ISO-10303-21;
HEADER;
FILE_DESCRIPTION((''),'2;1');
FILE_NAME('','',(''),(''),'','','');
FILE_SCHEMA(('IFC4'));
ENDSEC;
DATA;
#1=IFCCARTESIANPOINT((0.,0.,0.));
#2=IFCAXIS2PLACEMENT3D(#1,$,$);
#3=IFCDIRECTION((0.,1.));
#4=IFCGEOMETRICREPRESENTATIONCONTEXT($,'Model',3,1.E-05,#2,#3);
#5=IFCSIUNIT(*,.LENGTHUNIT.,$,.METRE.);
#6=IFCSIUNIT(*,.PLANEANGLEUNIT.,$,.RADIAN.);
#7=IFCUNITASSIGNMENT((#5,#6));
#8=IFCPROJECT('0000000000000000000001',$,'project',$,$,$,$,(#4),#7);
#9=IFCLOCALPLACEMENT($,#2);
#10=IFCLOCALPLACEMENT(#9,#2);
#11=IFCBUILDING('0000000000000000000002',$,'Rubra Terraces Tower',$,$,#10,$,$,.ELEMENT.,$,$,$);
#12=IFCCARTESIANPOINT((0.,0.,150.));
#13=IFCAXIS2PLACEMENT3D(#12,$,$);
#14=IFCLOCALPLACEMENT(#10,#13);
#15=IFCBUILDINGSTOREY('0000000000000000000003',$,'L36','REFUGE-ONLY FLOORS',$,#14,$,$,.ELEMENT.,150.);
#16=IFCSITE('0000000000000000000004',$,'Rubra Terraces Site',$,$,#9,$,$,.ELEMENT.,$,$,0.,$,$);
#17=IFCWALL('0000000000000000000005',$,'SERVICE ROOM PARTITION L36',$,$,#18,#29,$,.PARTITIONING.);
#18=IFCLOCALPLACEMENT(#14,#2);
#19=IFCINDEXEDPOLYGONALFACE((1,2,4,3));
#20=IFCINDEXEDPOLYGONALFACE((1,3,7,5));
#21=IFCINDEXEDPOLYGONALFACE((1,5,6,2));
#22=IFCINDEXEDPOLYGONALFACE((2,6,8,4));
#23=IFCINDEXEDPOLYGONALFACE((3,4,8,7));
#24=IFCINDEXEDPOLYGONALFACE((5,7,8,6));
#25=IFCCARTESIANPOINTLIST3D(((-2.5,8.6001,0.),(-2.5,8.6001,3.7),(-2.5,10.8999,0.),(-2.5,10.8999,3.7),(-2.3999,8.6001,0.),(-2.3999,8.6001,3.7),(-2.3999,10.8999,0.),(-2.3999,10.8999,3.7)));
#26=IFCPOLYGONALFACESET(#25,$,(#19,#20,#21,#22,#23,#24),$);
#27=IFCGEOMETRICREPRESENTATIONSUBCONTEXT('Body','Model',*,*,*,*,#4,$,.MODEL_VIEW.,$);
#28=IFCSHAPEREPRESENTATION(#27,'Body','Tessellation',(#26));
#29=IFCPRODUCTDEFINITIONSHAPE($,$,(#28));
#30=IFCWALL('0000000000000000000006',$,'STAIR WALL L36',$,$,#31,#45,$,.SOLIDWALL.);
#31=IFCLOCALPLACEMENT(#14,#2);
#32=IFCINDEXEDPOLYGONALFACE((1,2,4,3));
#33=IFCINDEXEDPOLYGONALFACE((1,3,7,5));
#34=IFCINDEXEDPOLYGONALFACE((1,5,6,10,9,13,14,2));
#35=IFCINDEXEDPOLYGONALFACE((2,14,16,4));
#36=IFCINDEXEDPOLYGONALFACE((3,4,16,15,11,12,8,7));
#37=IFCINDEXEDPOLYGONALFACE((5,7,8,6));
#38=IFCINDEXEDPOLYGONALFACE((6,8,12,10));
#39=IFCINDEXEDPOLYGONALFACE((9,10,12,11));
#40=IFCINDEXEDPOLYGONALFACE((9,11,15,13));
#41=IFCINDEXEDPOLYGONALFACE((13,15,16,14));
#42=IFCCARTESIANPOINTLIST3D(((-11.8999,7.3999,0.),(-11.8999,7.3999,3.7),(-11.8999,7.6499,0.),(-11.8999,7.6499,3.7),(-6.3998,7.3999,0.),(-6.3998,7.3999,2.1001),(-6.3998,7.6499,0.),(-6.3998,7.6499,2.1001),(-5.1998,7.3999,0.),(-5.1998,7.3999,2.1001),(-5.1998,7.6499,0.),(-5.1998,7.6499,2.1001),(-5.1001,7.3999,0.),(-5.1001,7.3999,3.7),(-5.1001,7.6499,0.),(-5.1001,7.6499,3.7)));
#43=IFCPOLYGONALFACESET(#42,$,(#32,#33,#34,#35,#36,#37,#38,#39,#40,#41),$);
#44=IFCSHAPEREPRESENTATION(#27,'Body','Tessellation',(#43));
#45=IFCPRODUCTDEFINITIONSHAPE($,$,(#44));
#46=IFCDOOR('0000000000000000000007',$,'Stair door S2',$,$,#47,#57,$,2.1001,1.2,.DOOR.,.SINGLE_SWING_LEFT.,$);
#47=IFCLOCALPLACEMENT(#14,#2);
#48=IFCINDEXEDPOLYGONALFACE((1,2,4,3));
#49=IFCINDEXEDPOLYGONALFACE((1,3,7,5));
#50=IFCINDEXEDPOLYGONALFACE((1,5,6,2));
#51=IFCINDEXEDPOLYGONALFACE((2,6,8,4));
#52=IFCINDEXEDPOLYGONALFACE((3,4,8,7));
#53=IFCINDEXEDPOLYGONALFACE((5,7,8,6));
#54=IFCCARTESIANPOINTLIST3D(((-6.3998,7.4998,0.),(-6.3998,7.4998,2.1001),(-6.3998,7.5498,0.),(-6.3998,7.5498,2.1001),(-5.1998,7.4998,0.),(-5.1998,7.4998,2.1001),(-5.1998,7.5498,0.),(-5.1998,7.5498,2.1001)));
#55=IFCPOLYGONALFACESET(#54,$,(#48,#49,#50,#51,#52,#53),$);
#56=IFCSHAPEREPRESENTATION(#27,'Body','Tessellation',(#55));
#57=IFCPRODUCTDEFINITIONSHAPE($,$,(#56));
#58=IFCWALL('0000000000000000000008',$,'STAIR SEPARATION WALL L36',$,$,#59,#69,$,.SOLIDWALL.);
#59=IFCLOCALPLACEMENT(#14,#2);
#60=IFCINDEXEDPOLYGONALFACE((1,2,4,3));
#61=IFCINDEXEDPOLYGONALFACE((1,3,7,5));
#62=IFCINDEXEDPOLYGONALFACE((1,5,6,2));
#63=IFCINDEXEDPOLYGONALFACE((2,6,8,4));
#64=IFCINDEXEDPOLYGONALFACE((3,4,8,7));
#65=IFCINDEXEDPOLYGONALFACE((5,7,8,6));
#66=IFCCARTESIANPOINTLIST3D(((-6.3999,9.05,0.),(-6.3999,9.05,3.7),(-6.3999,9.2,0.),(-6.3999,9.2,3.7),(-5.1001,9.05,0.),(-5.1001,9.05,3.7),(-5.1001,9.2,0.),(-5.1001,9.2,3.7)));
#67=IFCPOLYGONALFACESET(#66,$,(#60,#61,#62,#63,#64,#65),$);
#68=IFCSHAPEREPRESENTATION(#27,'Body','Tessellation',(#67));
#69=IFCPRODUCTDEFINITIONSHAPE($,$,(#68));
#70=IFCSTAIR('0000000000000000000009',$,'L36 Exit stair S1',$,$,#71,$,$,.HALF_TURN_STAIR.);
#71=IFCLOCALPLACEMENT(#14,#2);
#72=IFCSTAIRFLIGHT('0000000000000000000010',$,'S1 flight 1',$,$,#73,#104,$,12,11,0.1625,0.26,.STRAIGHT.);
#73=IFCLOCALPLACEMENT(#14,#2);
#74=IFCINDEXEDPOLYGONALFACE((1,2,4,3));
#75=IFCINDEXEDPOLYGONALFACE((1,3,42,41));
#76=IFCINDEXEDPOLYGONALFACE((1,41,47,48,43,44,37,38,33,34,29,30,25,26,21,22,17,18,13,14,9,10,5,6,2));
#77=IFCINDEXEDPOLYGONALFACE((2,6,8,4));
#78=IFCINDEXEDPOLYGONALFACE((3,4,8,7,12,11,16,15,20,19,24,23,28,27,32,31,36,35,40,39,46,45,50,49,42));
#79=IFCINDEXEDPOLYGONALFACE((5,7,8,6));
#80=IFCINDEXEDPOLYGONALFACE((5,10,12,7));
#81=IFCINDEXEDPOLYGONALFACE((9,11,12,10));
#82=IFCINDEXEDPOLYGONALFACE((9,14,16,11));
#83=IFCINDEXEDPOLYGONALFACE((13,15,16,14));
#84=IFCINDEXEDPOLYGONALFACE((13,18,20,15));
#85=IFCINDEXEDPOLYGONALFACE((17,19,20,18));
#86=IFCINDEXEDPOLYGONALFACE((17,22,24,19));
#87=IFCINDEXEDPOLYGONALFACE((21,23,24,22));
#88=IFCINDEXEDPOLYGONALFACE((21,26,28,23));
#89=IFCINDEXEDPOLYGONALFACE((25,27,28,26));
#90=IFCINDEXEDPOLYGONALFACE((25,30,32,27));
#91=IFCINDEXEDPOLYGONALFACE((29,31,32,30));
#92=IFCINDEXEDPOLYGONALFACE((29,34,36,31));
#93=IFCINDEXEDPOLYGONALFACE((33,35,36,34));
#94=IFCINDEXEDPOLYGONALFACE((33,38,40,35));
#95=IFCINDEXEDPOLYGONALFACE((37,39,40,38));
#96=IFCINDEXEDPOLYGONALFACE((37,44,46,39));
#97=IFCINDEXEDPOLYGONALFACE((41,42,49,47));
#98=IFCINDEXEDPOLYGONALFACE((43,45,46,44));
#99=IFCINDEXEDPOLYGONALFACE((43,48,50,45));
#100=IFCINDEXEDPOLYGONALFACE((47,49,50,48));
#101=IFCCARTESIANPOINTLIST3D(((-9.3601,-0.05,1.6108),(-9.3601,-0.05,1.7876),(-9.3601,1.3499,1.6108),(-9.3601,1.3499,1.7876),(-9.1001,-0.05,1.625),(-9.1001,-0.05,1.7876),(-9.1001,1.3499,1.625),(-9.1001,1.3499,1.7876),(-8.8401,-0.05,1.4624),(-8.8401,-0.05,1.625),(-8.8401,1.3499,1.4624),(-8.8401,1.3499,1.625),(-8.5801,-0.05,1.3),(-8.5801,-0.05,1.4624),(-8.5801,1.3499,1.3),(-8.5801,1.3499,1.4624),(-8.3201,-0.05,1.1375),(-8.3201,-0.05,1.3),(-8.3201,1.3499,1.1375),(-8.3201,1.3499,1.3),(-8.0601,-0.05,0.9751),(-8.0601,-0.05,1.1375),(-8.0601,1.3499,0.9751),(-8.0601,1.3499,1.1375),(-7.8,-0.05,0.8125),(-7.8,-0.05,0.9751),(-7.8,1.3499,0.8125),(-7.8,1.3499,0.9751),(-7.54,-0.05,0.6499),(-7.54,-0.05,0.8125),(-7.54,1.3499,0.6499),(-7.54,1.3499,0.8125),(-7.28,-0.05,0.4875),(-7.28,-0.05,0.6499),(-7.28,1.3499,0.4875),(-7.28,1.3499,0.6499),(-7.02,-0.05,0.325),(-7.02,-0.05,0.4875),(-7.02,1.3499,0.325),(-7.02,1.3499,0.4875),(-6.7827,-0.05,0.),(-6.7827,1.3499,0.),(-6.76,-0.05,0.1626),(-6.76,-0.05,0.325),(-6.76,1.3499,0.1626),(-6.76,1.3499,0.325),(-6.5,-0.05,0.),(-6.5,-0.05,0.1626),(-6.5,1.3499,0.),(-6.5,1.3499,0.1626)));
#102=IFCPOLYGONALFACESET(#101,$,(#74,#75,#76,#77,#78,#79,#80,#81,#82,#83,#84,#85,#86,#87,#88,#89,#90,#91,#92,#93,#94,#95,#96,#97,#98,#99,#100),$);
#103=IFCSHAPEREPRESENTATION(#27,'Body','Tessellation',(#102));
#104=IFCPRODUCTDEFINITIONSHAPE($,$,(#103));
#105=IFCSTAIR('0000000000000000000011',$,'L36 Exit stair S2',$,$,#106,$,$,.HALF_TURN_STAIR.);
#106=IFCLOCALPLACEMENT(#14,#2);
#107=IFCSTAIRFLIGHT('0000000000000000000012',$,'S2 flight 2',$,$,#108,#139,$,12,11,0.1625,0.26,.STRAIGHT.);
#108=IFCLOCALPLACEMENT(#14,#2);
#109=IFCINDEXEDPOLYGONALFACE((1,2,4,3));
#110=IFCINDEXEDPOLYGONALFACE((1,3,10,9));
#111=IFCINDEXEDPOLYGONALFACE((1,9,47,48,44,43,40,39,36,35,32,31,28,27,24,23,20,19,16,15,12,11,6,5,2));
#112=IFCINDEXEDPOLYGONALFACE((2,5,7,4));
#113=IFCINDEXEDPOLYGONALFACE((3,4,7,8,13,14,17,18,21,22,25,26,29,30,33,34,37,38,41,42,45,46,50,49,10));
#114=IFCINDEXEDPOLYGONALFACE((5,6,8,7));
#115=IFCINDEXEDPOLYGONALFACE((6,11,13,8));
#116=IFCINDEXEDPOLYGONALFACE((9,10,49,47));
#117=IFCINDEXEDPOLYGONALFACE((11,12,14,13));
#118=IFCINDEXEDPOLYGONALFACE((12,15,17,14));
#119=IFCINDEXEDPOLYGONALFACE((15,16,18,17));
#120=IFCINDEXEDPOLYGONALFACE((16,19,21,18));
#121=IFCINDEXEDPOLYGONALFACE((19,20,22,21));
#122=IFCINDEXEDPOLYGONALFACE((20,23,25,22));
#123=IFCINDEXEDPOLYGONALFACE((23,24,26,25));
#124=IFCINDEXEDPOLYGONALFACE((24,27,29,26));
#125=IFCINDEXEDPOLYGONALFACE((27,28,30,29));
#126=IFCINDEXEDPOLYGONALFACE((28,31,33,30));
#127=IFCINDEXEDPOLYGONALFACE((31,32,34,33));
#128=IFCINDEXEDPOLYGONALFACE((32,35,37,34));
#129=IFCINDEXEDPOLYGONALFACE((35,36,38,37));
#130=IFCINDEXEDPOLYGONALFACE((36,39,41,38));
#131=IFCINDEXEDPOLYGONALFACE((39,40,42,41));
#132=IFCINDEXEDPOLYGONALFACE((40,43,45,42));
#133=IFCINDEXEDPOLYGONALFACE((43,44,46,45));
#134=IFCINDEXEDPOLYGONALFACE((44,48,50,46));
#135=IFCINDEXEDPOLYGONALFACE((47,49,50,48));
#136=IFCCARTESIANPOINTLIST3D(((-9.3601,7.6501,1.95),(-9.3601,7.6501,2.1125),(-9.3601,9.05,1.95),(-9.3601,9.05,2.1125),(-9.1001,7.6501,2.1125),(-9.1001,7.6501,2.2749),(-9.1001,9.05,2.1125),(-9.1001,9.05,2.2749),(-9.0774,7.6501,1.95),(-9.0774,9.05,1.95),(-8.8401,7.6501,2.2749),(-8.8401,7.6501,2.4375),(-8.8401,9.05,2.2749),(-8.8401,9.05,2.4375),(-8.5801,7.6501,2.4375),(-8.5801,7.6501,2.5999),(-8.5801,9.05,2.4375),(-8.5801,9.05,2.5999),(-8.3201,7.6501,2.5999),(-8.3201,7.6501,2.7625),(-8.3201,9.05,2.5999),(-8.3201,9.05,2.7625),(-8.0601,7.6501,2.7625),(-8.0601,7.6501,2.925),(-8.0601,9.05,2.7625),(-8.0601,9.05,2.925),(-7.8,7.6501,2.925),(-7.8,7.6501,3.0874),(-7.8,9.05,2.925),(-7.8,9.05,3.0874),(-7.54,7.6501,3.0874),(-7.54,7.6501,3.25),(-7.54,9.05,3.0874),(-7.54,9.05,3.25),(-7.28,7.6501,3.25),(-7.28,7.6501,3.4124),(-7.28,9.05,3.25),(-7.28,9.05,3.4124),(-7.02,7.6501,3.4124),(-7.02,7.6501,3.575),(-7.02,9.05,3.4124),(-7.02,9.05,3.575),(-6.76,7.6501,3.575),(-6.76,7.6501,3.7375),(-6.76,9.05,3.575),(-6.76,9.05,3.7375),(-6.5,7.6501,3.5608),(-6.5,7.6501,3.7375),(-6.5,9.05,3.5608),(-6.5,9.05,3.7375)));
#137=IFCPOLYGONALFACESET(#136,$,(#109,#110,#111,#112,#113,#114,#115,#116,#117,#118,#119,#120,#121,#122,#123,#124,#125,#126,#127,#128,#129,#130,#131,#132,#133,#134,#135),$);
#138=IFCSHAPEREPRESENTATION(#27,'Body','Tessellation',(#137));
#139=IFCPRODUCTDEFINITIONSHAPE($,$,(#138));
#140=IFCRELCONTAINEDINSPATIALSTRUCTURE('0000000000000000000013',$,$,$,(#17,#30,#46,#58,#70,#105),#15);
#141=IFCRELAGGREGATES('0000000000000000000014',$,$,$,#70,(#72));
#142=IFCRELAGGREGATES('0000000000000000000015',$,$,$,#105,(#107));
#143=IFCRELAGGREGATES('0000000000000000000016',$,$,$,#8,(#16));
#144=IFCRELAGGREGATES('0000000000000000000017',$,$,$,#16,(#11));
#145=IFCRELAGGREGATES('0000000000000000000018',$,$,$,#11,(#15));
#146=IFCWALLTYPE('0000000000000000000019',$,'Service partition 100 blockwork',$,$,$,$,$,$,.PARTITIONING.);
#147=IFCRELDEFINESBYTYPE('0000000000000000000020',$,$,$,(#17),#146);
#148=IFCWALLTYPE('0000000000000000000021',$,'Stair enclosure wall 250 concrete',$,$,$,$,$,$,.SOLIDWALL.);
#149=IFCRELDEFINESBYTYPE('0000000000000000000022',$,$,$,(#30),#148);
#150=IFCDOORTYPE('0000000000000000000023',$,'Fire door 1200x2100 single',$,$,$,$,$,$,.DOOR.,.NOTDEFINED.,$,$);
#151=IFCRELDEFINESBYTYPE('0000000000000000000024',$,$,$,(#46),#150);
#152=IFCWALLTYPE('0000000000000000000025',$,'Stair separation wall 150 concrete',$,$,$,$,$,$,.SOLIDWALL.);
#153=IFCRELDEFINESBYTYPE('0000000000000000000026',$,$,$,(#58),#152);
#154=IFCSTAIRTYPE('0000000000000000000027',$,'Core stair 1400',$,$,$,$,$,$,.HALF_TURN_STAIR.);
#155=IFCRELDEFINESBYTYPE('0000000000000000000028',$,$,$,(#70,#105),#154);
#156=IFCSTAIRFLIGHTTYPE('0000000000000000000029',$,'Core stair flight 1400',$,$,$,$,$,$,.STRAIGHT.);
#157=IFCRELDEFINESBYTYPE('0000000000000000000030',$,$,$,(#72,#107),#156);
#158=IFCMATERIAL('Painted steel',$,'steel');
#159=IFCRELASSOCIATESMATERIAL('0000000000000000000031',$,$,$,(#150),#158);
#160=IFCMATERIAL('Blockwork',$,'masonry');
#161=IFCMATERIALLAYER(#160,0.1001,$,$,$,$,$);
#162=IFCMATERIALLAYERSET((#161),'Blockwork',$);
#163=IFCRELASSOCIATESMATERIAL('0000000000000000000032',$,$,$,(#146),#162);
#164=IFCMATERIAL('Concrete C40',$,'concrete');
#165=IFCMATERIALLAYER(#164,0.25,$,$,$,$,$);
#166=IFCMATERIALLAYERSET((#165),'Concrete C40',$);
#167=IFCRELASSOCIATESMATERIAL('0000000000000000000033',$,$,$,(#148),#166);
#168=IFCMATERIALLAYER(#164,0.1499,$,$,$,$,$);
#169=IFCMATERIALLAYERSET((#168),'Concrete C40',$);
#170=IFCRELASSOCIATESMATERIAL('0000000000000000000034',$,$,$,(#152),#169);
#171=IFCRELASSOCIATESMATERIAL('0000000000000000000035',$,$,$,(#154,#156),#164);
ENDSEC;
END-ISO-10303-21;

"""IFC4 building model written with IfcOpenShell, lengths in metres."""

from ifc_helpers import new_model, si_unit, direction, frame, frame_2d, origin, place, context, subcontext, project, spatial, polyline, rectangle, outline, extrude, material, layer, layer_set, type_object, element, fill, aggregate, save


model = new_model("IFC4")

# Units and contexts
model_context = context("Model", 3, precision=1e-05, world=origin(), true_north=direction((0.0, 1.0)))
body_context = subcontext(model_context, "Body", "Model", "MODEL_VIEW")
ifc_project = project(units=[si_unit("LENGTHUNIT", "METRE"), si_unit("PLANEANGLEUNIT", "RADIAN")], contexts=[model_context])

# Site, building, storey
site_placement = place(None, origin())
site = spatial("IfcSite", under=ifc_project, at=site_placement, Name="Rubra Terraces Site", CompositionType="ELEMENT", RefElevation=0.0)
building_placement = place(site_placement, origin())
building = spatial("IfcBuilding", under=site, at=building_placement, Name="Rubra Terraces Tower", CompositionType="ELEMENT")
storey_placement = place(building_placement, frame((0.0, 0.0, 150.0)))
storey = spatial("IfcBuildingStorey", under=building, at=storey_placement, Name="L36", Description="REFUGE-ONLY FLOORS", CompositionType="ELEMENT", Elevation=150.0)

# Shared definitions
ifc_material_1 = material(Name="Concrete C40", Category="concrete")

# Shared definitions
ifc_material_2 = material(Name="Painted steel", Category="steel")
door_type_1 = type_object("IfcDoorType", Name="Fire door 1200x2100 single", OperationType="NOTDEFINED", PredefinedType="DOOR", material=ifc_material_2)

# Wall
ifc_material_3 = material(Name="Blockwork", Category="masonry")
ifc_layer_1 = layer(ifc_material_3, 0.1001)
ifc_layer_set_1 = layer_set([ifc_layer_1], Name="Blockwork")
wall_type_1 = type_object("IfcWallType", Name="Service partition 100 blockwork", PredefinedType="PARTITIONING", material=ifc_layer_set_1)
wall_1_placement = place(storey_placement, frame((-2.45, 8.6001, 0.0), z_axis=(0.0, 0.0, 1.0), x_axis=(0.0, 1.0, 0.0)))
element("IfcWall", 1, at=wall_1_placement, inside=storey, type_object=wall_type_1, Name="SERVICE ROOM PARTITION L36", PredefinedType="PARTITIONING", context=body_context, shape_type="SweptSolid", body=[
    extrude(rectangle(XDim=2.2998, YDim=0.1001, at=frame_2d((1.1499, 0.0))), origin(), (0.0, 0.0, 1.0), 3.7),
])

# Wall, opening, door
ifc_layer_2 = layer(ifc_material_1, 0.25)
ifc_layer_set_2 = layer_set([ifc_layer_2], Name="Concrete C40")
wall_type_2 = type_object("IfcWallType", Name="Stair enclosure wall 250 concrete", PredefinedType="SOLIDWALL", material=ifc_layer_set_2)
wall_2_placement = place(storey_placement, frame((-11.8999, 7.5249, 0.0), z_axis=(0.0, 0.0, 1.0), x_axis=(1.0, 0.0, 0.0)))
wall_2 = element("IfcWall", 2, at=wall_2_placement, inside=storey, type_object=wall_type_2, Name="STAIR WALL L36", PredefinedType="SOLIDWALL", context=body_context, shape_type="SweptSolid", body=[
    extrude(rectangle(XDim=6.7998, YDim=0.25, at=frame_2d((3.3999, 0.0))), origin(), (0.0, 0.0, 1.0), 3.7),
])
opening_1_placement = place(wall_2_placement, frame((5.5, 0.0, 0.0)))
opening_1 = element("IfcOpeningElement", 3, at=opening_1_placement, cuts=wall_2, PredefinedType="OPENING", context=body_context, shape_type="SweptSolid", body=[
    extrude(rectangle(XDim=1.2, YDim=2.1001, at=frame_2d((0.6001, 1.05))), frame((0.0, 0.135, 0.0), z_axis=(0.0, -1.0, 0.0), x_axis=(1.0, 0.0, 0.0)), (0.0, 0.0, 1.0), 0.27),
])
door_1_placement = place(opening_1_placement, origin())
door_1 = element("IfcDoor", 4, at=door_1_placement, inside=storey, type_object=door_type_1, Name="Stair door S2", OperationType="SINGLE_SWING_LEFT", OverallHeight=2.1001, OverallWidth=1.2, PredefinedType="DOOR", context=body_context, shape_type="SweptSolid", body=[
    extrude(rectangle(XDim=1.2, YDim=2.1001, at=frame_2d((0.6001, 1.05))), frame((0.0, 0.0249, 0.0), z_axis=(0.0, -1.0, 0.0), x_axis=(1.0, 0.0, 0.0)), (0.0, 0.0, 1.0), 0.05),
])
fill(opening_1, door_1)

# Wall
ifc_layer_3 = layer(ifc_material_1, 0.1499)
ifc_layer_set_3 = layer_set([ifc_layer_3], Name="Concrete C40")
wall_type_3 = type_object("IfcWallType", Name="Stair separation wall 150 concrete", PredefinedType="SOLIDWALL", material=ifc_layer_set_3)
wall_3_placement = place(storey_placement, frame((-6.3999, 9.125, 0.0), z_axis=(0.0, 0.0, 1.0), x_axis=(1.0, 0.0, 0.0)))
element("IfcWall", 5, at=wall_3_placement, inside=storey, type_object=wall_type_3, Name="STAIR SEPARATION WALL L36", PredefinedType="SOLIDWALL", context=body_context, shape_type="SweptSolid", body=[
    extrude(rectangle(XDim=1.2998, YDim=0.1499, at=frame_2d((0.6499, 0.0))), origin(), (0.0, 0.0, 1.0), 3.7),
])

# Stairs, stair flights
stair_type = type_object("IfcStairType", Name="Core stair 1400", PredefinedType="HALF_TURN_STAIR", material=ifc_material_1)
stair_1_placement = place(storey_placement, origin())
stair_1 = element("IfcStair", 6, at=stair_1_placement, inside=storey, type_object=stair_type, Name="L36 Exit stair S1", PredefinedType="HALF_TURN_STAIR")
stair_flight_type = type_object("IfcStairFlightType", Name="Core stair flight 1400", PredefinedType="STRAIGHT", material=ifc_material_1)
stair_flight_1_placement = place(storey_placement, frame((-6.5, 0.6499, 0.0), z_axis=(0.0, 0.0, 1.0), x_axis=(-1.0, 0.0, 0.0)))
stair_flight_1 = element("IfcStairFlight", 7, at=stair_flight_1_placement, type_object=stair_flight_type, Name="S1 flight 1", NumberOfRisers=12, NumberOfTreads=11, PredefinedType="STRAIGHT", RiserHeight=0.1625, TreadLength=0.26, context=body_context, shape_type="SweptSolid", body=[
    extrude(outline(polyline([(0.0, 0.0), (0.0, 0.1626), (0.26, 0.1626), (0.26, 0.325), (0.52, 0.325), (0.52, 0.4875), (0.78, 0.4875), (0.78, 0.6499), (1.04, 0.6499), (1.04, 0.8125), (1.3, 0.8125), (1.3, 0.9751), (1.5601, 0.9751), (1.5601, 1.1375), (1.8201, 1.1375), (1.8201, 1.3), (2.0801, 1.3), (2.0801, 1.4624), (2.3401, 1.4624), (2.3401, 1.625), (2.6001, 1.625), (2.6001, 1.7876), (2.8601, 1.7876), (2.8601, 1.95), (2.8601, 1.6108), (0.2827, 0.0), (0.0, 0.0)])), frame((0.0, 0.7, 0.0), z_axis=(0.0, -1.0, 0.0), x_axis=(1.0, 0.0, 0.0)), (0.0, 0.0, 1.0), 1.3999),
])
aggregate(stair_1, [stair_flight_1])
stair_2_placement = place(storey_placement, origin())
stair_2 = element("IfcStair", 8, at=stair_2_placement, inside=storey, type_object=stair_type, Name="L36 Exit stair S2", PredefinedType="HALF_TURN_STAIR")
stair_flight_2_placement = place(storey_placement, frame((-9.3601, 8.3501, 1.95), z_axis=(0.0, 0.0, 1.0), x_axis=(1.0, 0.0, 0.0)))
stair_flight_2 = element("IfcStairFlight", 9, at=stair_flight_2_placement, type_object=stair_flight_type, Name="S2 flight 2", NumberOfRisers=12, NumberOfTreads=11, PredefinedType="STRAIGHT", RiserHeight=0.1625, TreadLength=0.26, context=body_context, shape_type="SweptSolid", body=[
    extrude(outline(polyline([(0.0, 0.0), (0.0, 0.1626), (0.26, 0.1626), (0.26, 0.325), (0.52, 0.325), (0.52, 0.4875), (0.78, 0.4875), (0.78, 0.6499), (1.04, 0.6499), (1.04, 0.8125), (1.3, 0.8125), (1.3, 0.9751), (1.5601, 0.9751), (1.5601, 1.1375), (1.8201, 1.1375), (1.8201, 1.3), (2.0801, 1.3), (2.0801, 1.4624), (2.3401, 1.4624), (2.3401, 1.625), (2.6001, 1.625), (2.6001, 1.7876), (2.8601, 1.7876), (2.8601, 1.95), (2.8601, 1.6108), (0.2827, 0.0), (0.0, 0.0)])), frame((0.0, 0.7, 0.0), z_axis=(0.0, -1.0, 0.0), x_axis=(1.0, 0.0, 0.0)), (0.0, 0.0, 1.0), 1.3999),
])
aggregate(stair_2, [stair_flight_2])

save(model, "model.ifc")
